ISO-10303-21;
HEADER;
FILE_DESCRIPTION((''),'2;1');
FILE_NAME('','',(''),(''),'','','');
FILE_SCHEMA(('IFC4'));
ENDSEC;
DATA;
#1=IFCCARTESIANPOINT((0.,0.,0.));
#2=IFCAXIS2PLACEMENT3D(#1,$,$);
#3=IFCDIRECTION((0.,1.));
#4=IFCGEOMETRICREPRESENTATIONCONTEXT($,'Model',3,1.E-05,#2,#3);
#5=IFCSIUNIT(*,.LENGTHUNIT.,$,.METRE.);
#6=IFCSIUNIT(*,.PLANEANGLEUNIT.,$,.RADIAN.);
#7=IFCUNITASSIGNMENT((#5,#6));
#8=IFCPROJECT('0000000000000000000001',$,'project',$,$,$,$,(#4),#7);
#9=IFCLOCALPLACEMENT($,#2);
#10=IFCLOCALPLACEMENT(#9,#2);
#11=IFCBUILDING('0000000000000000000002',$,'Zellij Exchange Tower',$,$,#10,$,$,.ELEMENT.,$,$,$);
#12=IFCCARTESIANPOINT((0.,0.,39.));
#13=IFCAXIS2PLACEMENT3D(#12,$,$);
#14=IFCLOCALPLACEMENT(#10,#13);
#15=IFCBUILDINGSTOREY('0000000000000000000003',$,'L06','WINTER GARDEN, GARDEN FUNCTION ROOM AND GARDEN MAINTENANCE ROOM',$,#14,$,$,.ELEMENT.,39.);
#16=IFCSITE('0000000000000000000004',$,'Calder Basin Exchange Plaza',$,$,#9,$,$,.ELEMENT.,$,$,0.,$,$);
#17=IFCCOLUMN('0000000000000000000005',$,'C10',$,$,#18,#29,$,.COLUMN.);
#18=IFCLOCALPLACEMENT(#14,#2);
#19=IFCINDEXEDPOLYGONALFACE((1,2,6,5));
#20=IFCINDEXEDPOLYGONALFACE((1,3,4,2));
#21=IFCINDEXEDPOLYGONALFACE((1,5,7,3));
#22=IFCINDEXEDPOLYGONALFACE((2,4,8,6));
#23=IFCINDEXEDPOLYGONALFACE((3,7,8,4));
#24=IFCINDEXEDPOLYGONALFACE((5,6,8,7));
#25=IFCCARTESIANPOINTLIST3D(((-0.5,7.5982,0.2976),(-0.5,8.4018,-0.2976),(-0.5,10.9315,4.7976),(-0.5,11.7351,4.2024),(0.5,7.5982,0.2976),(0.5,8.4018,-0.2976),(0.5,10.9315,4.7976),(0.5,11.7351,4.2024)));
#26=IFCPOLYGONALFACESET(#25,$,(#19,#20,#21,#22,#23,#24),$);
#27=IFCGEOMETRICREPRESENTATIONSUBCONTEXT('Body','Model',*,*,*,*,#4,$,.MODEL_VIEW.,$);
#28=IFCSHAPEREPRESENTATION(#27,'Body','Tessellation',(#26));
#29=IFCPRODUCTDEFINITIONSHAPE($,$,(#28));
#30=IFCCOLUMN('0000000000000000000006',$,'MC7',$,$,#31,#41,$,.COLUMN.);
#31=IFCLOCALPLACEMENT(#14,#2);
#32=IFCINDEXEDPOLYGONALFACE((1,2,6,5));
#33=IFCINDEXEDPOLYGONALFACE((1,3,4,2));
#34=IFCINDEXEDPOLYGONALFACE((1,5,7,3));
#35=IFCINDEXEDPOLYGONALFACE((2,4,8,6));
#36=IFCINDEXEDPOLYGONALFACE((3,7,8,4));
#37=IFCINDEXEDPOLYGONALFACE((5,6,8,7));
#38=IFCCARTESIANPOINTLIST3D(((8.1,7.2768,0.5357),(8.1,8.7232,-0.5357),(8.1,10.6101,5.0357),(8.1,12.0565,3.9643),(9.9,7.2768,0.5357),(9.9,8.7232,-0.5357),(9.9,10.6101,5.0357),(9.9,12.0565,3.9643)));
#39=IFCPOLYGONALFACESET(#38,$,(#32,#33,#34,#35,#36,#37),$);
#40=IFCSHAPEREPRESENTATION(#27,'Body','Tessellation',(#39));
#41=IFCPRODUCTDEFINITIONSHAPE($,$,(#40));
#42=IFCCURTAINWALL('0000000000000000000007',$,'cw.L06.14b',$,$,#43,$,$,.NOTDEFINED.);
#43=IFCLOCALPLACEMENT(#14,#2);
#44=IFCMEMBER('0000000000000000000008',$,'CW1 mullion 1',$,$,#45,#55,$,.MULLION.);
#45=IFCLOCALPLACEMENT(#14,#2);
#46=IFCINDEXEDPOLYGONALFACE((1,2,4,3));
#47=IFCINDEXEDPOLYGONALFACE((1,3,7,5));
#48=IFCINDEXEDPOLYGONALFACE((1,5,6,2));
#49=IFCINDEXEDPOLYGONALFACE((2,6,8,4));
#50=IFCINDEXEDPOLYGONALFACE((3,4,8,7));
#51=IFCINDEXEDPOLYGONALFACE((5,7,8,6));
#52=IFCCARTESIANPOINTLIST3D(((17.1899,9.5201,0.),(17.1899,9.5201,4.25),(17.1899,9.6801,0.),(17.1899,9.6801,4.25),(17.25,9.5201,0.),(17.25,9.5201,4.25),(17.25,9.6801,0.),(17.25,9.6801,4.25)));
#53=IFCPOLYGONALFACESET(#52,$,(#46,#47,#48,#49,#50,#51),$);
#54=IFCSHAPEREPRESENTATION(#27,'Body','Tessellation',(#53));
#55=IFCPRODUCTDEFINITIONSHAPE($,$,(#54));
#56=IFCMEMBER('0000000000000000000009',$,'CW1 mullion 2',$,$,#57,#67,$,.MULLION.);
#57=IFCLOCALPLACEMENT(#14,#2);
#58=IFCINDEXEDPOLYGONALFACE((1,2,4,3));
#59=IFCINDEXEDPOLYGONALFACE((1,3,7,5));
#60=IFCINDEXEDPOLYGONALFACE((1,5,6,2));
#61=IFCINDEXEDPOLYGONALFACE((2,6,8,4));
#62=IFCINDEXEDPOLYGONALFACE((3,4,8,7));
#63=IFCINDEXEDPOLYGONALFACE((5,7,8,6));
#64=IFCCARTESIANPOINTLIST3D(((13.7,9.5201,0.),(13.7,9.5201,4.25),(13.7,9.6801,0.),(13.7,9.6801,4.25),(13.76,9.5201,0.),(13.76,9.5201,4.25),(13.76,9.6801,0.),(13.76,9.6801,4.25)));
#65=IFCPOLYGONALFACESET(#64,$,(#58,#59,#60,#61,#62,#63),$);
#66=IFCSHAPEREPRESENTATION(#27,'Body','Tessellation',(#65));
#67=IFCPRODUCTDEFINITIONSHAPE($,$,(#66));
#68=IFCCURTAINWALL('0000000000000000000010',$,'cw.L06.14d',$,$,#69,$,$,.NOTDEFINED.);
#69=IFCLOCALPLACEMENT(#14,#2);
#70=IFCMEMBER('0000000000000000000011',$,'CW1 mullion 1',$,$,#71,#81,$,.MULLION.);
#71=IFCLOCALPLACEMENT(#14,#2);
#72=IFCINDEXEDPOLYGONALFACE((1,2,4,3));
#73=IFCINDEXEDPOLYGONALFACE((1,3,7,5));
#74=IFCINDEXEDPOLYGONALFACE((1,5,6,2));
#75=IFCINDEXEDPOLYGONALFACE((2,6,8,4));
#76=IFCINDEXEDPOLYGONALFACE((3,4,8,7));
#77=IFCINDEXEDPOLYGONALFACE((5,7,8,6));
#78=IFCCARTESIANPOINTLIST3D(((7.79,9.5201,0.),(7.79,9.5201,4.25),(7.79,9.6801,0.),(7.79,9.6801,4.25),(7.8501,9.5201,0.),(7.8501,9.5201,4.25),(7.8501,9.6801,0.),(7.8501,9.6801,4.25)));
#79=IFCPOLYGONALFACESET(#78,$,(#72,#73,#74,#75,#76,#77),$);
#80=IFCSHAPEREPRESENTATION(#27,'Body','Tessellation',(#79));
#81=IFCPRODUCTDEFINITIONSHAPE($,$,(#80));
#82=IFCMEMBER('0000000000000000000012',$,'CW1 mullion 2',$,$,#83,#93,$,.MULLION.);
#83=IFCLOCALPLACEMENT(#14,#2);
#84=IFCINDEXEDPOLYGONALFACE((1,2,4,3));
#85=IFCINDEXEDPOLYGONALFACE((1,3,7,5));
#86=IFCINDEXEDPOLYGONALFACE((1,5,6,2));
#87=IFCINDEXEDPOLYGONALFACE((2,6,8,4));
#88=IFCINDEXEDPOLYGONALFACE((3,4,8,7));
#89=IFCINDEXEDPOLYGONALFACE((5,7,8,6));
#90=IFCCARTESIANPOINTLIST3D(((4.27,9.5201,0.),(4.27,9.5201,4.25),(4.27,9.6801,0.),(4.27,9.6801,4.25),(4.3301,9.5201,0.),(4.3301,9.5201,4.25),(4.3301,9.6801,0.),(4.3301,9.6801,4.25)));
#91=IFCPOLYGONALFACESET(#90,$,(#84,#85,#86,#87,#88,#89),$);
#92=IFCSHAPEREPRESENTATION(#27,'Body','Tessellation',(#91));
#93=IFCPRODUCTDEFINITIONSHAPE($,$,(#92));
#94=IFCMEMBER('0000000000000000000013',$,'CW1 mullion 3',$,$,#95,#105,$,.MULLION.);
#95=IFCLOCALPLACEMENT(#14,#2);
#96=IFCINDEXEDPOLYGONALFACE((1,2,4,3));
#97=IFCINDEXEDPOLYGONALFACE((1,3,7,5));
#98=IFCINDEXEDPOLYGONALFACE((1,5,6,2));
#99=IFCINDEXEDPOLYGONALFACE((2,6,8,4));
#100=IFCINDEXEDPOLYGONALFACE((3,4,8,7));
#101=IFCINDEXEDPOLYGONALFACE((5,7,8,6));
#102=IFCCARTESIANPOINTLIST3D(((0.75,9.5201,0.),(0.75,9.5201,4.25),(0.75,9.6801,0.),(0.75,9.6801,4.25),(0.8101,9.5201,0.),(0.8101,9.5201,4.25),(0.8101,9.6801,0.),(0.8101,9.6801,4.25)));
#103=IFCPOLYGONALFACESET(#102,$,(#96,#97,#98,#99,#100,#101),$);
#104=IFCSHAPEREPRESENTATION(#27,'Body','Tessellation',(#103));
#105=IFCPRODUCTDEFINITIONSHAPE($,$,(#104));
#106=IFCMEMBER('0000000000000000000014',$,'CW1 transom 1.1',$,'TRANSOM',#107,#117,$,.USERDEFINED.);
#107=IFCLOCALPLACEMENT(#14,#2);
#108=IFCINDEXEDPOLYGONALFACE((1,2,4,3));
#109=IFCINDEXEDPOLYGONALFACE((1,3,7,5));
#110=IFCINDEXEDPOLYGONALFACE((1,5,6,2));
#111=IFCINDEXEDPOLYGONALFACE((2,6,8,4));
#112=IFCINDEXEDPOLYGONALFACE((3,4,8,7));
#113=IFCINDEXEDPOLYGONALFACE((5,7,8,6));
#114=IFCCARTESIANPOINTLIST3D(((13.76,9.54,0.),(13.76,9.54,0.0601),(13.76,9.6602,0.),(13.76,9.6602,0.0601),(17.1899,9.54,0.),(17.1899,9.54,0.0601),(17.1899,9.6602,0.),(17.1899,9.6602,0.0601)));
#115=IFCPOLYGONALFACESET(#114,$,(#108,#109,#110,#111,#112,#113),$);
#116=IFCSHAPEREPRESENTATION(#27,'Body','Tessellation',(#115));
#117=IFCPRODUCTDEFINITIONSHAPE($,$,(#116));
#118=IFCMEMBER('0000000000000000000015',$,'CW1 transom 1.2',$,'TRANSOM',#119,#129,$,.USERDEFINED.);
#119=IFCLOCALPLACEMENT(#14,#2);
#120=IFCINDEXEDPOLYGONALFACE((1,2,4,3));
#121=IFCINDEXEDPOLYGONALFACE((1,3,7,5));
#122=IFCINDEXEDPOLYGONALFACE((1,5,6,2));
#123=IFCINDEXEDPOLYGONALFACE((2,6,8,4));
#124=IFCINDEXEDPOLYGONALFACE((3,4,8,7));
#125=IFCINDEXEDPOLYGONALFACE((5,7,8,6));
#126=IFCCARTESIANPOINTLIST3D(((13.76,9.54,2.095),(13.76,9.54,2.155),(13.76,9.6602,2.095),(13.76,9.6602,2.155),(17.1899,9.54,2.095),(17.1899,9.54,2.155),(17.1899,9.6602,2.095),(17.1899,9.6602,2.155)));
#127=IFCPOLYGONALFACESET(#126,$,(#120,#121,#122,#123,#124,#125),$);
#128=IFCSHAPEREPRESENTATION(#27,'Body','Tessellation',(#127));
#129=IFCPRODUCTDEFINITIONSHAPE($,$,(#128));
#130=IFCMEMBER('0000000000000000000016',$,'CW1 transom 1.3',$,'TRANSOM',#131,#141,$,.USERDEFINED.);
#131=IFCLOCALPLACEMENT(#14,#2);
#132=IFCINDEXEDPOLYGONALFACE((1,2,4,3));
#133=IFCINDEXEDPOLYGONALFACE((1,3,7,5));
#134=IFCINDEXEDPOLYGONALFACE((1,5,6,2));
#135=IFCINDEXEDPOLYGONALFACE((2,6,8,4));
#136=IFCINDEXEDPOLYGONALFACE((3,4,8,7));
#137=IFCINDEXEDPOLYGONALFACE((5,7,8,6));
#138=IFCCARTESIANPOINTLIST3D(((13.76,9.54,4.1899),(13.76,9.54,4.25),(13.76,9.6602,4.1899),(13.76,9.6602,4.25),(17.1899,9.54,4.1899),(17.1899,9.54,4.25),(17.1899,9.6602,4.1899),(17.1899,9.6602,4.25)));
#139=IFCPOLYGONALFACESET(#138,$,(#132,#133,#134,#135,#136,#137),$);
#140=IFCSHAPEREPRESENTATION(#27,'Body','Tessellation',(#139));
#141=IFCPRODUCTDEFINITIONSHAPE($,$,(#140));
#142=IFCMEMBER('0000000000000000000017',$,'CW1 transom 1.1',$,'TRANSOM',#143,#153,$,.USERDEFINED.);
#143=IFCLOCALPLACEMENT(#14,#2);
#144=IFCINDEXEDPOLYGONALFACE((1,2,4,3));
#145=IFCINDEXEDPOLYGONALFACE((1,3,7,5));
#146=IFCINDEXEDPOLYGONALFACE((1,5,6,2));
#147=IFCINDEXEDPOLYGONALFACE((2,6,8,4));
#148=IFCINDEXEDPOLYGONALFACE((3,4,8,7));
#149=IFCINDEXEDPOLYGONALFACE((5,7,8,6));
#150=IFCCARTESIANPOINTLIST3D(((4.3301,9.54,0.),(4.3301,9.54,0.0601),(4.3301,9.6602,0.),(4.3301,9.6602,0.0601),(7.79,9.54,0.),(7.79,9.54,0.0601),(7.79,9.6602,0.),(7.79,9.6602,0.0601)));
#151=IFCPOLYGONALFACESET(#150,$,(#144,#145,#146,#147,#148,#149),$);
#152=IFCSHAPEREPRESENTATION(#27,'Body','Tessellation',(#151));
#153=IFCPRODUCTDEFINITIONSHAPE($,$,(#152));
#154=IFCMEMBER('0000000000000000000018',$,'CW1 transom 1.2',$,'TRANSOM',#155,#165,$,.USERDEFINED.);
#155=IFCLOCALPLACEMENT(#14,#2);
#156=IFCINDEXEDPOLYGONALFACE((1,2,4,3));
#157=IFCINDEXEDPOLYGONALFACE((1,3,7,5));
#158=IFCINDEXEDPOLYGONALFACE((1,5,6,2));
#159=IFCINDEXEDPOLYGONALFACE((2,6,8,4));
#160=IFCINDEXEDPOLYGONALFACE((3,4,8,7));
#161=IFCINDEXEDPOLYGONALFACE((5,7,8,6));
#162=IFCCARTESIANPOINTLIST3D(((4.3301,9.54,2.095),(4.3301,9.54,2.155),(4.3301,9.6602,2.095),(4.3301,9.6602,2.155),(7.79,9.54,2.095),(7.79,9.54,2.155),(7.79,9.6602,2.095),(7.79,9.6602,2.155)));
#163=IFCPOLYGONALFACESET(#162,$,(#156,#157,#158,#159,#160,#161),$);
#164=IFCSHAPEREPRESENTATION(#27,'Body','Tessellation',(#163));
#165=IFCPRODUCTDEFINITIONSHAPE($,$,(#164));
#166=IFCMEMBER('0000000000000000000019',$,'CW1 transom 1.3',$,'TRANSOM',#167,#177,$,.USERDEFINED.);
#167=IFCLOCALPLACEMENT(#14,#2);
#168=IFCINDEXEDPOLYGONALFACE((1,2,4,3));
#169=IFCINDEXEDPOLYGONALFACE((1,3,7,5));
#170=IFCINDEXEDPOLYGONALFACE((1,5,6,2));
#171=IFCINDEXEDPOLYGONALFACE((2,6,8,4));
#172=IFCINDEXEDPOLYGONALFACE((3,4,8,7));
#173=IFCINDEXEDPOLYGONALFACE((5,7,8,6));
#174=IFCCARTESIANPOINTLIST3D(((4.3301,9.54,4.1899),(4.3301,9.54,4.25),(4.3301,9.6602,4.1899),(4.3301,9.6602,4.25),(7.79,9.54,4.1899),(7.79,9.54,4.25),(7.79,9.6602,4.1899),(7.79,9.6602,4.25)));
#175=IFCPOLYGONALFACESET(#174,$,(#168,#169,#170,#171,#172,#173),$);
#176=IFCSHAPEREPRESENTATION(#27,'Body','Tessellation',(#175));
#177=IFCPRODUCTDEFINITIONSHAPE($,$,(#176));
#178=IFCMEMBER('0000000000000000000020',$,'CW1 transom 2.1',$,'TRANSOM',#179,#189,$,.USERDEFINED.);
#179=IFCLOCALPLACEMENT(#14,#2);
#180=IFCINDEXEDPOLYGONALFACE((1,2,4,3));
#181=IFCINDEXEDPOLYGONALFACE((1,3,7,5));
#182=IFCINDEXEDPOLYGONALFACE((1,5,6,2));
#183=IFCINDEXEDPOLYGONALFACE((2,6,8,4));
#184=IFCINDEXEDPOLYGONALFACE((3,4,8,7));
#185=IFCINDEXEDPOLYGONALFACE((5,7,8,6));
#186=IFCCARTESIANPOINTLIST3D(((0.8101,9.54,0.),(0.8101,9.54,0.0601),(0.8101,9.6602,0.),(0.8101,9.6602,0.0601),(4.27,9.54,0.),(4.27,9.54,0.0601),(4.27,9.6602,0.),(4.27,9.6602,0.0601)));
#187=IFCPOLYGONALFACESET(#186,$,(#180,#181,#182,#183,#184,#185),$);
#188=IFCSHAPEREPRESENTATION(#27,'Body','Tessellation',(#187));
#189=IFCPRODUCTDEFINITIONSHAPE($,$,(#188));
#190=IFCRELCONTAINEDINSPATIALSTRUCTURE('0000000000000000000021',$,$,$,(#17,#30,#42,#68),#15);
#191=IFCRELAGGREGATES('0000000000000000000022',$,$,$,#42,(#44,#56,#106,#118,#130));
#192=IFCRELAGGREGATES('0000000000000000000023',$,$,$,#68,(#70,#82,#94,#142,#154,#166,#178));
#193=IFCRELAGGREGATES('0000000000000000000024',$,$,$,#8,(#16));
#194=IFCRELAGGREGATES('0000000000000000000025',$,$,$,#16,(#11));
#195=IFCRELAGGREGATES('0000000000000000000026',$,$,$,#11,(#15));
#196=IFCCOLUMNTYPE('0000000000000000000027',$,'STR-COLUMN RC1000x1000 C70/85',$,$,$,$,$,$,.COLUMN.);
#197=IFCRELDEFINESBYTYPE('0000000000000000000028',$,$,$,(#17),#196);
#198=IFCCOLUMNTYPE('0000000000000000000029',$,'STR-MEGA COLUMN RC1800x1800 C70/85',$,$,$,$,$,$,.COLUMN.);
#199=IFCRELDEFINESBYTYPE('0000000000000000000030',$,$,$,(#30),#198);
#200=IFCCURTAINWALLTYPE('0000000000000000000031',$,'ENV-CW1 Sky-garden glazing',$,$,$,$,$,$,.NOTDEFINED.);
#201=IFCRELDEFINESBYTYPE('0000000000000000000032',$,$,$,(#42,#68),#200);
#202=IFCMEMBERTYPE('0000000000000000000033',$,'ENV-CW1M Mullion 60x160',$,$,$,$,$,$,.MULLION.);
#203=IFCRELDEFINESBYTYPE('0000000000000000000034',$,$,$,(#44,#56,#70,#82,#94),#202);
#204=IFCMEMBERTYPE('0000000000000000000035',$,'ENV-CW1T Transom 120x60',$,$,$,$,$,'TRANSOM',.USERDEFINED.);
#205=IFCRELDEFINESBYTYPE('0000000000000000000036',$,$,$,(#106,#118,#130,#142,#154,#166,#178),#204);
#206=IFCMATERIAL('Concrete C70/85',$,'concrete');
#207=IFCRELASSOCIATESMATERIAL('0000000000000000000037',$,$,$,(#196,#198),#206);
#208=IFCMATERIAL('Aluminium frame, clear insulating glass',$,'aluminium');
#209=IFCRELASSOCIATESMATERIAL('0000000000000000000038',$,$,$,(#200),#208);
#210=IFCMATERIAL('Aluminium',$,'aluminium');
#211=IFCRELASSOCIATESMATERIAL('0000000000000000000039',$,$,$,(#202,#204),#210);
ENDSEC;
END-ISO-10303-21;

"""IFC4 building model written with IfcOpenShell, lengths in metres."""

from ifc_helpers import new_model, si_unit, direction, frame, origin, origin_2d, place, context, subcontext, project, spatial, rectangle, extrude, material, material_profile, profile_set, type_object, element, aggregate, save


model = new_model("IFC4")

# Units and contexts
model_context = context("Model", 3, precision=1e-05, world=origin(), true_north=direction((0.0, 1.0)))
body_context = subcontext(model_context, "Body", "Model", "MODEL_VIEW")
ifc_project = project(units=[si_unit("LENGTHUNIT", "METRE"), si_unit("PLANEANGLEUNIT", "RADIAN")], contexts=[model_context])

# Site, building, storey
site_placement = place(None, origin())
site = spatial("IfcSite", under=ifc_project, at=site_placement, Name="Calder Basin Exchange Plaza", CompositionType="ELEMENT", RefElevation=0.0)
building_placement = place(site_placement, origin())
building = spatial("IfcBuilding", under=site, at=building_placement, Name="Zellij Exchange Tower", CompositionType="ELEMENT")
storey_placement = place(building_placement, frame((0.0, 0.0, 39.0)))
storey = spatial("IfcBuildingStorey", under=building, at=storey_placement, Name="L06", Description="WINTER GARDEN, GARDEN FUNCTION ROOM AND GARDEN MAINTENANCE ROOM", CompositionType="ELEMENT", Elevation=39.0)

# Columns
ifc_material_1 = material(Name="Concrete C70/85", Category="concrete")
ifc_material_profile_1 = material_profile(ifc_material_1, rectangle(XDim=1.0, YDim=1.0, at=origin_2d()), Name="STR-COLUMN RC1000x1000 C70/85")
ifc_profile_set_1 = profile_set([ifc_material_profile_1], Name="Concrete C70/85")
column_type_1 = type_object("IfcColumnType", Name="STR-COLUMN RC1000x1000 C70/85", PredefinedType="COLUMN", material=ifc_profile_set_1)
column_1_placement = place(storey_placement, frame((0.0, 8.0, 0.0), z_axis=(0.0, 0.595218, 0.803564), x_axis=(-1.0, 0.0, 0.0)))
element("IfcColumn", 1, at=column_1_placement, inside=storey, type_object=column_type_1, Name="C10", PredefinedType="COLUMN", context=body_context, shape_type="SweptSolid", body=[
    extrude(rectangle(XDim=1.0, YDim=1.0, at=origin_2d()), origin(), (0.0, 0.0, 1.0), 5.6001),
])
ifc_material_profile_2 = material_profile(ifc_material_1, rectangle(XDim=1.8, YDim=1.8, at=origin_2d()), Name="STR-MEGA COLUMN RC1800x1800 C70/85")
ifc_profile_set_2 = profile_set([ifc_material_profile_2], Name="Concrete C70/85")
column_type_2 = type_object("IfcColumnType", Name="STR-MEGA COLUMN RC1800x1800 C70/85", PredefinedType="COLUMN", material=ifc_profile_set_2)
column_2_placement = place(storey_placement, frame((9.0, 8.0, 0.0), z_axis=(0.0, 0.595218, 0.803564), x_axis=(-1.0, 0.0, 0.0)))
element("IfcColumn", 2, at=column_2_placement, inside=storey, type_object=column_type_2, Name="MC7", PredefinedType="COLUMN", context=body_context, shape_type="SweptSolid", body=[
    extrude(rectangle(XDim=1.8, YDim=1.8, at=origin_2d()), origin(), (0.0, 0.0, 1.0), 5.6001),
])

# Curtain walls, members
ifc_material_2 = material(Name="Aluminium frame, clear insulating glass", Category="aluminium")
curtain_wall_type = type_object("IfcCurtainWallType", Name="ENV-CW1 Sky-garden glazing", PredefinedType="NOTDEFINED", material=ifc_material_2)
curtain_wall_1_placement = place(storey_placement, origin())
curtain_wall_1 = element("IfcCurtainWall", 3, at=curtain_wall_1_placement, inside=storey, type_object=curtain_wall_type, Name="cw.L06.14b", PredefinedType="NOTDEFINED")
ifc_material_3 = material(Name="Aluminium", Category="aluminium")
ifc_material_profile_3 = material_profile(ifc_material_3, rectangle(XDim=0.0601, YDim=0.1599, at=origin_2d()), Name="AL 60x160")
ifc_profile_set_3 = profile_set([ifc_material_profile_3], Name="Aluminium")
member_type_1 = type_object("IfcMemberType", Name="ENV-CW1M Mullion 60x160", PredefinedType="MULLION", material=ifc_profile_set_3)
member_1_placement = place(storey_placement, frame((17.22, 9.6001, 0.0), z_axis=(0.0, 0.0, 1.0), x_axis=(-1.0, 0.0, 0.0)))
member_1 = element("IfcMember", 4, at=member_1_placement, type_object=member_type_1, Name="CW1 mullion 1", PredefinedType="MULLION", context=body_context, shape_type="SweptSolid", body=[
    extrude(rectangle(XDim=0.0601, YDim=0.1599, at=origin_2d()), origin(), (0.0, 0.0, 1.0), 4.25),
])
member_2_placement = place(storey_placement, frame((13.73, 9.6001, 0.0), z_axis=(0.0, 0.0, 1.0), x_axis=(-1.0, 0.0, 0.0)))
member_2 = element("IfcMember", 5, at=member_2_placement, type_object=member_type_1, Name="CW1 mullion 2", PredefinedType="MULLION", context=body_context, shape_type="SweptSolid", body=[
    extrude(rectangle(XDim=0.0601, YDim=0.1599, at=origin_2d()), origin(), (0.0, 0.0, 1.0), 4.25),
])
curtain_wall_2_placement = place(storey_placement, origin())
curtain_wall_2 = element("IfcCurtainWall", 6, at=curtain_wall_2_placement, inside=storey, type_object=curtain_wall_type, Name="cw.L06.14d", PredefinedType="NOTDEFINED")
member_3_placement = place(storey_placement, frame((7.8201, 9.6001, 0.0), z_axis=(0.0, 0.0, 1.0), x_axis=(-1.0, 0.0, 0.0)))
member_3 = element("IfcMember", 7, at=member_3_placement, type_object=member_type_1, Name="CW1 mullion 1", PredefinedType="MULLION", context=body_context, shape_type="SweptSolid", body=[
    extrude(rectangle(XDim=0.0601, YDim=0.1599, at=origin_2d()), origin(), (0.0, 0.0, 1.0), 4.25),
])
member_4_placement = place(storey_placement, frame((4.3, 9.6001, 0.0), z_axis=(0.0, 0.0, 1.0), x_axis=(-1.0, 0.0, 0.0)))
member_4 = element("IfcMember", 8, at=member_4_placement, type_object=member_type_1, Name="CW1 mullion 2", PredefinedType="MULLION", context=body_context, shape_type="SweptSolid", body=[
    extrude(rectangle(XDim=0.0601, YDim=0.1599, at=origin_2d()), origin(), (0.0, 0.0, 1.0), 4.25),
])
member_5_placement = place(storey_placement, frame((0.78, 9.6001, 0.0), z_axis=(0.0, 0.0, 1.0), x_axis=(-1.0, 0.0, 0.0)))
member_5 = element("IfcMember", 9, at=member_5_placement, type_object=member_type_1, Name="CW1 mullion 3", PredefinedType="MULLION", context=body_context, shape_type="SweptSolid", body=[
    extrude(rectangle(XDim=0.0601, YDim=0.1599, at=origin_2d()), origin(), (0.0, 0.0, 1.0), 4.25),
])

# Members
ifc_material_profile_4 = material_profile(ifc_material_3, rectangle(XDim=0.1201, YDim=0.0601, at=origin_2d()), Name="AL 120x60")
ifc_profile_set_4 = profile_set([ifc_material_profile_4], Name="Aluminium")
member_type_2 = type_object("IfcMemberType", Name="ENV-CW1T Transom 120x60", ElementType="TRANSOM", PredefinedType="USERDEFINED", material=ifc_profile_set_4)
member_6_placement = place(storey_placement, frame((17.1899, 9.6001, 0.03), z_axis=(-1.0, 0.0, 0.0), x_axis=(0.0, -1.0, 0.0)))
member_6 = element("IfcMember", 10, at=member_6_placement, type_object=member_type_2, Name="CW1 transom 1.1", ObjectType="TRANSOM", PredefinedType="USERDEFINED", context=body_context, shape_type="SweptSolid", body=[
    extrude(rectangle(XDim=0.1201, YDim=0.0601, at=origin_2d()), origin(), (0.0, 0.0, 1.0), 3.4299),
])
member_7_placement = place(storey_placement, frame((17.1899, 9.6001, 2.125), z_axis=(-1.0, 0.0, 0.0), x_axis=(0.0, -1.0, 0.0)))
member_7 = element("IfcMember", 11, at=member_7_placement, type_object=member_type_2, Name="CW1 transom 1.2", ObjectType="TRANSOM", PredefinedType="USERDEFINED", context=body_context, shape_type="SweptSolid", body=[
    extrude(rectangle(XDim=0.1201, YDim=0.0601, at=origin_2d()), origin(), (0.0, 0.0, 1.0), 3.4299),
])
member_8_placement = place(storey_placement, frame((17.1899, 9.6001, 4.22), z_axis=(-1.0, 0.0, 0.0), x_axis=(0.0, -1.0, 0.0)))
member_8 = element("IfcMember", 12, at=member_8_placement, type_object=member_type_2, Name="CW1 transom 1.3", ObjectType="TRANSOM", PredefinedType="USERDEFINED", context=body_context, shape_type="SweptSolid", body=[
    extrude(rectangle(XDim=0.1201, YDim=0.0601, at=origin_2d()), origin(), (0.0, 0.0, 1.0), 3.4299),
])
member_9_placement = place(storey_placement, frame((7.79, 9.6001, 0.03), z_axis=(-1.0, 0.0, 0.0), x_axis=(0.0, -1.0, 0.0)))
member_9 = element("IfcMember", 13, at=member_9_placement, type_object=member_type_2, Name="CW1 transom 1.1", ObjectType="TRANSOM", PredefinedType="USERDEFINED", context=body_context, shape_type="SweptSolid", body=[
    extrude(rectangle(XDim=0.1201, YDim=0.0601, at=origin_2d()), origin(), (0.0, 0.0, 1.0), 3.46),
])
member_10_placement = place(storey_placement, frame((7.79, 9.6001, 2.125), z_axis=(-1.0, 0.0, 0.0), x_axis=(0.0, -1.0, 0.0)))
member_10 = element("IfcMember", 14, at=member_10_placement, type_object=member_type_2, Name="CW1 transom 1.2", ObjectType="TRANSOM", PredefinedType="USERDEFINED", context=body_context, shape_type="SweptSolid", body=[
    extrude(rectangle(XDim=0.1201, YDim=0.0601, at=origin_2d()), origin(), (0.0, 0.0, 1.0), 3.46),
])
member_11_placement = place(storey_placement, frame((7.79, 9.6001, 4.22), z_axis=(-1.0, 0.0, 0.0), x_axis=(0.0, -1.0, 0.0)))
member_11 = element("IfcMember", 15, at=member_11_placement, type_object=member_type_2, Name="CW1 transom 1.3", ObjectType="TRANSOM", PredefinedType="USERDEFINED", context=body_context, shape_type="SweptSolid", body=[
    extrude(rectangle(XDim=0.1201, YDim=0.0601, at=origin_2d()), origin(), (0.0, 0.0, 1.0), 3.46),
])
member_12_placement = place(storey_placement, frame((4.27, 9.6001, 0.03), z_axis=(-1.0, 0.0, 0.0), x_axis=(0.0, -1.0, 0.0)))
member_12 = element("IfcMember", 16, at=member_12_placement, type_object=member_type_2, Name="CW1 transom 2.1", ObjectType="TRANSOM", PredefinedType="USERDEFINED", context=body_context, shape_type="SweptSolid", body=[
    extrude(rectangle(XDim=0.1201, YDim=0.0601, at=origin_2d()), origin(), (0.0, 0.0, 1.0), 3.46),
])

aggregate(curtain_wall_1, [member_1, member_2, member_6, member_7, member_8])
aggregate(curtain_wall_2, [member_3, member_4, member_5, member_9, member_10, member_11, member_12])

save(model, "model.ifc")
